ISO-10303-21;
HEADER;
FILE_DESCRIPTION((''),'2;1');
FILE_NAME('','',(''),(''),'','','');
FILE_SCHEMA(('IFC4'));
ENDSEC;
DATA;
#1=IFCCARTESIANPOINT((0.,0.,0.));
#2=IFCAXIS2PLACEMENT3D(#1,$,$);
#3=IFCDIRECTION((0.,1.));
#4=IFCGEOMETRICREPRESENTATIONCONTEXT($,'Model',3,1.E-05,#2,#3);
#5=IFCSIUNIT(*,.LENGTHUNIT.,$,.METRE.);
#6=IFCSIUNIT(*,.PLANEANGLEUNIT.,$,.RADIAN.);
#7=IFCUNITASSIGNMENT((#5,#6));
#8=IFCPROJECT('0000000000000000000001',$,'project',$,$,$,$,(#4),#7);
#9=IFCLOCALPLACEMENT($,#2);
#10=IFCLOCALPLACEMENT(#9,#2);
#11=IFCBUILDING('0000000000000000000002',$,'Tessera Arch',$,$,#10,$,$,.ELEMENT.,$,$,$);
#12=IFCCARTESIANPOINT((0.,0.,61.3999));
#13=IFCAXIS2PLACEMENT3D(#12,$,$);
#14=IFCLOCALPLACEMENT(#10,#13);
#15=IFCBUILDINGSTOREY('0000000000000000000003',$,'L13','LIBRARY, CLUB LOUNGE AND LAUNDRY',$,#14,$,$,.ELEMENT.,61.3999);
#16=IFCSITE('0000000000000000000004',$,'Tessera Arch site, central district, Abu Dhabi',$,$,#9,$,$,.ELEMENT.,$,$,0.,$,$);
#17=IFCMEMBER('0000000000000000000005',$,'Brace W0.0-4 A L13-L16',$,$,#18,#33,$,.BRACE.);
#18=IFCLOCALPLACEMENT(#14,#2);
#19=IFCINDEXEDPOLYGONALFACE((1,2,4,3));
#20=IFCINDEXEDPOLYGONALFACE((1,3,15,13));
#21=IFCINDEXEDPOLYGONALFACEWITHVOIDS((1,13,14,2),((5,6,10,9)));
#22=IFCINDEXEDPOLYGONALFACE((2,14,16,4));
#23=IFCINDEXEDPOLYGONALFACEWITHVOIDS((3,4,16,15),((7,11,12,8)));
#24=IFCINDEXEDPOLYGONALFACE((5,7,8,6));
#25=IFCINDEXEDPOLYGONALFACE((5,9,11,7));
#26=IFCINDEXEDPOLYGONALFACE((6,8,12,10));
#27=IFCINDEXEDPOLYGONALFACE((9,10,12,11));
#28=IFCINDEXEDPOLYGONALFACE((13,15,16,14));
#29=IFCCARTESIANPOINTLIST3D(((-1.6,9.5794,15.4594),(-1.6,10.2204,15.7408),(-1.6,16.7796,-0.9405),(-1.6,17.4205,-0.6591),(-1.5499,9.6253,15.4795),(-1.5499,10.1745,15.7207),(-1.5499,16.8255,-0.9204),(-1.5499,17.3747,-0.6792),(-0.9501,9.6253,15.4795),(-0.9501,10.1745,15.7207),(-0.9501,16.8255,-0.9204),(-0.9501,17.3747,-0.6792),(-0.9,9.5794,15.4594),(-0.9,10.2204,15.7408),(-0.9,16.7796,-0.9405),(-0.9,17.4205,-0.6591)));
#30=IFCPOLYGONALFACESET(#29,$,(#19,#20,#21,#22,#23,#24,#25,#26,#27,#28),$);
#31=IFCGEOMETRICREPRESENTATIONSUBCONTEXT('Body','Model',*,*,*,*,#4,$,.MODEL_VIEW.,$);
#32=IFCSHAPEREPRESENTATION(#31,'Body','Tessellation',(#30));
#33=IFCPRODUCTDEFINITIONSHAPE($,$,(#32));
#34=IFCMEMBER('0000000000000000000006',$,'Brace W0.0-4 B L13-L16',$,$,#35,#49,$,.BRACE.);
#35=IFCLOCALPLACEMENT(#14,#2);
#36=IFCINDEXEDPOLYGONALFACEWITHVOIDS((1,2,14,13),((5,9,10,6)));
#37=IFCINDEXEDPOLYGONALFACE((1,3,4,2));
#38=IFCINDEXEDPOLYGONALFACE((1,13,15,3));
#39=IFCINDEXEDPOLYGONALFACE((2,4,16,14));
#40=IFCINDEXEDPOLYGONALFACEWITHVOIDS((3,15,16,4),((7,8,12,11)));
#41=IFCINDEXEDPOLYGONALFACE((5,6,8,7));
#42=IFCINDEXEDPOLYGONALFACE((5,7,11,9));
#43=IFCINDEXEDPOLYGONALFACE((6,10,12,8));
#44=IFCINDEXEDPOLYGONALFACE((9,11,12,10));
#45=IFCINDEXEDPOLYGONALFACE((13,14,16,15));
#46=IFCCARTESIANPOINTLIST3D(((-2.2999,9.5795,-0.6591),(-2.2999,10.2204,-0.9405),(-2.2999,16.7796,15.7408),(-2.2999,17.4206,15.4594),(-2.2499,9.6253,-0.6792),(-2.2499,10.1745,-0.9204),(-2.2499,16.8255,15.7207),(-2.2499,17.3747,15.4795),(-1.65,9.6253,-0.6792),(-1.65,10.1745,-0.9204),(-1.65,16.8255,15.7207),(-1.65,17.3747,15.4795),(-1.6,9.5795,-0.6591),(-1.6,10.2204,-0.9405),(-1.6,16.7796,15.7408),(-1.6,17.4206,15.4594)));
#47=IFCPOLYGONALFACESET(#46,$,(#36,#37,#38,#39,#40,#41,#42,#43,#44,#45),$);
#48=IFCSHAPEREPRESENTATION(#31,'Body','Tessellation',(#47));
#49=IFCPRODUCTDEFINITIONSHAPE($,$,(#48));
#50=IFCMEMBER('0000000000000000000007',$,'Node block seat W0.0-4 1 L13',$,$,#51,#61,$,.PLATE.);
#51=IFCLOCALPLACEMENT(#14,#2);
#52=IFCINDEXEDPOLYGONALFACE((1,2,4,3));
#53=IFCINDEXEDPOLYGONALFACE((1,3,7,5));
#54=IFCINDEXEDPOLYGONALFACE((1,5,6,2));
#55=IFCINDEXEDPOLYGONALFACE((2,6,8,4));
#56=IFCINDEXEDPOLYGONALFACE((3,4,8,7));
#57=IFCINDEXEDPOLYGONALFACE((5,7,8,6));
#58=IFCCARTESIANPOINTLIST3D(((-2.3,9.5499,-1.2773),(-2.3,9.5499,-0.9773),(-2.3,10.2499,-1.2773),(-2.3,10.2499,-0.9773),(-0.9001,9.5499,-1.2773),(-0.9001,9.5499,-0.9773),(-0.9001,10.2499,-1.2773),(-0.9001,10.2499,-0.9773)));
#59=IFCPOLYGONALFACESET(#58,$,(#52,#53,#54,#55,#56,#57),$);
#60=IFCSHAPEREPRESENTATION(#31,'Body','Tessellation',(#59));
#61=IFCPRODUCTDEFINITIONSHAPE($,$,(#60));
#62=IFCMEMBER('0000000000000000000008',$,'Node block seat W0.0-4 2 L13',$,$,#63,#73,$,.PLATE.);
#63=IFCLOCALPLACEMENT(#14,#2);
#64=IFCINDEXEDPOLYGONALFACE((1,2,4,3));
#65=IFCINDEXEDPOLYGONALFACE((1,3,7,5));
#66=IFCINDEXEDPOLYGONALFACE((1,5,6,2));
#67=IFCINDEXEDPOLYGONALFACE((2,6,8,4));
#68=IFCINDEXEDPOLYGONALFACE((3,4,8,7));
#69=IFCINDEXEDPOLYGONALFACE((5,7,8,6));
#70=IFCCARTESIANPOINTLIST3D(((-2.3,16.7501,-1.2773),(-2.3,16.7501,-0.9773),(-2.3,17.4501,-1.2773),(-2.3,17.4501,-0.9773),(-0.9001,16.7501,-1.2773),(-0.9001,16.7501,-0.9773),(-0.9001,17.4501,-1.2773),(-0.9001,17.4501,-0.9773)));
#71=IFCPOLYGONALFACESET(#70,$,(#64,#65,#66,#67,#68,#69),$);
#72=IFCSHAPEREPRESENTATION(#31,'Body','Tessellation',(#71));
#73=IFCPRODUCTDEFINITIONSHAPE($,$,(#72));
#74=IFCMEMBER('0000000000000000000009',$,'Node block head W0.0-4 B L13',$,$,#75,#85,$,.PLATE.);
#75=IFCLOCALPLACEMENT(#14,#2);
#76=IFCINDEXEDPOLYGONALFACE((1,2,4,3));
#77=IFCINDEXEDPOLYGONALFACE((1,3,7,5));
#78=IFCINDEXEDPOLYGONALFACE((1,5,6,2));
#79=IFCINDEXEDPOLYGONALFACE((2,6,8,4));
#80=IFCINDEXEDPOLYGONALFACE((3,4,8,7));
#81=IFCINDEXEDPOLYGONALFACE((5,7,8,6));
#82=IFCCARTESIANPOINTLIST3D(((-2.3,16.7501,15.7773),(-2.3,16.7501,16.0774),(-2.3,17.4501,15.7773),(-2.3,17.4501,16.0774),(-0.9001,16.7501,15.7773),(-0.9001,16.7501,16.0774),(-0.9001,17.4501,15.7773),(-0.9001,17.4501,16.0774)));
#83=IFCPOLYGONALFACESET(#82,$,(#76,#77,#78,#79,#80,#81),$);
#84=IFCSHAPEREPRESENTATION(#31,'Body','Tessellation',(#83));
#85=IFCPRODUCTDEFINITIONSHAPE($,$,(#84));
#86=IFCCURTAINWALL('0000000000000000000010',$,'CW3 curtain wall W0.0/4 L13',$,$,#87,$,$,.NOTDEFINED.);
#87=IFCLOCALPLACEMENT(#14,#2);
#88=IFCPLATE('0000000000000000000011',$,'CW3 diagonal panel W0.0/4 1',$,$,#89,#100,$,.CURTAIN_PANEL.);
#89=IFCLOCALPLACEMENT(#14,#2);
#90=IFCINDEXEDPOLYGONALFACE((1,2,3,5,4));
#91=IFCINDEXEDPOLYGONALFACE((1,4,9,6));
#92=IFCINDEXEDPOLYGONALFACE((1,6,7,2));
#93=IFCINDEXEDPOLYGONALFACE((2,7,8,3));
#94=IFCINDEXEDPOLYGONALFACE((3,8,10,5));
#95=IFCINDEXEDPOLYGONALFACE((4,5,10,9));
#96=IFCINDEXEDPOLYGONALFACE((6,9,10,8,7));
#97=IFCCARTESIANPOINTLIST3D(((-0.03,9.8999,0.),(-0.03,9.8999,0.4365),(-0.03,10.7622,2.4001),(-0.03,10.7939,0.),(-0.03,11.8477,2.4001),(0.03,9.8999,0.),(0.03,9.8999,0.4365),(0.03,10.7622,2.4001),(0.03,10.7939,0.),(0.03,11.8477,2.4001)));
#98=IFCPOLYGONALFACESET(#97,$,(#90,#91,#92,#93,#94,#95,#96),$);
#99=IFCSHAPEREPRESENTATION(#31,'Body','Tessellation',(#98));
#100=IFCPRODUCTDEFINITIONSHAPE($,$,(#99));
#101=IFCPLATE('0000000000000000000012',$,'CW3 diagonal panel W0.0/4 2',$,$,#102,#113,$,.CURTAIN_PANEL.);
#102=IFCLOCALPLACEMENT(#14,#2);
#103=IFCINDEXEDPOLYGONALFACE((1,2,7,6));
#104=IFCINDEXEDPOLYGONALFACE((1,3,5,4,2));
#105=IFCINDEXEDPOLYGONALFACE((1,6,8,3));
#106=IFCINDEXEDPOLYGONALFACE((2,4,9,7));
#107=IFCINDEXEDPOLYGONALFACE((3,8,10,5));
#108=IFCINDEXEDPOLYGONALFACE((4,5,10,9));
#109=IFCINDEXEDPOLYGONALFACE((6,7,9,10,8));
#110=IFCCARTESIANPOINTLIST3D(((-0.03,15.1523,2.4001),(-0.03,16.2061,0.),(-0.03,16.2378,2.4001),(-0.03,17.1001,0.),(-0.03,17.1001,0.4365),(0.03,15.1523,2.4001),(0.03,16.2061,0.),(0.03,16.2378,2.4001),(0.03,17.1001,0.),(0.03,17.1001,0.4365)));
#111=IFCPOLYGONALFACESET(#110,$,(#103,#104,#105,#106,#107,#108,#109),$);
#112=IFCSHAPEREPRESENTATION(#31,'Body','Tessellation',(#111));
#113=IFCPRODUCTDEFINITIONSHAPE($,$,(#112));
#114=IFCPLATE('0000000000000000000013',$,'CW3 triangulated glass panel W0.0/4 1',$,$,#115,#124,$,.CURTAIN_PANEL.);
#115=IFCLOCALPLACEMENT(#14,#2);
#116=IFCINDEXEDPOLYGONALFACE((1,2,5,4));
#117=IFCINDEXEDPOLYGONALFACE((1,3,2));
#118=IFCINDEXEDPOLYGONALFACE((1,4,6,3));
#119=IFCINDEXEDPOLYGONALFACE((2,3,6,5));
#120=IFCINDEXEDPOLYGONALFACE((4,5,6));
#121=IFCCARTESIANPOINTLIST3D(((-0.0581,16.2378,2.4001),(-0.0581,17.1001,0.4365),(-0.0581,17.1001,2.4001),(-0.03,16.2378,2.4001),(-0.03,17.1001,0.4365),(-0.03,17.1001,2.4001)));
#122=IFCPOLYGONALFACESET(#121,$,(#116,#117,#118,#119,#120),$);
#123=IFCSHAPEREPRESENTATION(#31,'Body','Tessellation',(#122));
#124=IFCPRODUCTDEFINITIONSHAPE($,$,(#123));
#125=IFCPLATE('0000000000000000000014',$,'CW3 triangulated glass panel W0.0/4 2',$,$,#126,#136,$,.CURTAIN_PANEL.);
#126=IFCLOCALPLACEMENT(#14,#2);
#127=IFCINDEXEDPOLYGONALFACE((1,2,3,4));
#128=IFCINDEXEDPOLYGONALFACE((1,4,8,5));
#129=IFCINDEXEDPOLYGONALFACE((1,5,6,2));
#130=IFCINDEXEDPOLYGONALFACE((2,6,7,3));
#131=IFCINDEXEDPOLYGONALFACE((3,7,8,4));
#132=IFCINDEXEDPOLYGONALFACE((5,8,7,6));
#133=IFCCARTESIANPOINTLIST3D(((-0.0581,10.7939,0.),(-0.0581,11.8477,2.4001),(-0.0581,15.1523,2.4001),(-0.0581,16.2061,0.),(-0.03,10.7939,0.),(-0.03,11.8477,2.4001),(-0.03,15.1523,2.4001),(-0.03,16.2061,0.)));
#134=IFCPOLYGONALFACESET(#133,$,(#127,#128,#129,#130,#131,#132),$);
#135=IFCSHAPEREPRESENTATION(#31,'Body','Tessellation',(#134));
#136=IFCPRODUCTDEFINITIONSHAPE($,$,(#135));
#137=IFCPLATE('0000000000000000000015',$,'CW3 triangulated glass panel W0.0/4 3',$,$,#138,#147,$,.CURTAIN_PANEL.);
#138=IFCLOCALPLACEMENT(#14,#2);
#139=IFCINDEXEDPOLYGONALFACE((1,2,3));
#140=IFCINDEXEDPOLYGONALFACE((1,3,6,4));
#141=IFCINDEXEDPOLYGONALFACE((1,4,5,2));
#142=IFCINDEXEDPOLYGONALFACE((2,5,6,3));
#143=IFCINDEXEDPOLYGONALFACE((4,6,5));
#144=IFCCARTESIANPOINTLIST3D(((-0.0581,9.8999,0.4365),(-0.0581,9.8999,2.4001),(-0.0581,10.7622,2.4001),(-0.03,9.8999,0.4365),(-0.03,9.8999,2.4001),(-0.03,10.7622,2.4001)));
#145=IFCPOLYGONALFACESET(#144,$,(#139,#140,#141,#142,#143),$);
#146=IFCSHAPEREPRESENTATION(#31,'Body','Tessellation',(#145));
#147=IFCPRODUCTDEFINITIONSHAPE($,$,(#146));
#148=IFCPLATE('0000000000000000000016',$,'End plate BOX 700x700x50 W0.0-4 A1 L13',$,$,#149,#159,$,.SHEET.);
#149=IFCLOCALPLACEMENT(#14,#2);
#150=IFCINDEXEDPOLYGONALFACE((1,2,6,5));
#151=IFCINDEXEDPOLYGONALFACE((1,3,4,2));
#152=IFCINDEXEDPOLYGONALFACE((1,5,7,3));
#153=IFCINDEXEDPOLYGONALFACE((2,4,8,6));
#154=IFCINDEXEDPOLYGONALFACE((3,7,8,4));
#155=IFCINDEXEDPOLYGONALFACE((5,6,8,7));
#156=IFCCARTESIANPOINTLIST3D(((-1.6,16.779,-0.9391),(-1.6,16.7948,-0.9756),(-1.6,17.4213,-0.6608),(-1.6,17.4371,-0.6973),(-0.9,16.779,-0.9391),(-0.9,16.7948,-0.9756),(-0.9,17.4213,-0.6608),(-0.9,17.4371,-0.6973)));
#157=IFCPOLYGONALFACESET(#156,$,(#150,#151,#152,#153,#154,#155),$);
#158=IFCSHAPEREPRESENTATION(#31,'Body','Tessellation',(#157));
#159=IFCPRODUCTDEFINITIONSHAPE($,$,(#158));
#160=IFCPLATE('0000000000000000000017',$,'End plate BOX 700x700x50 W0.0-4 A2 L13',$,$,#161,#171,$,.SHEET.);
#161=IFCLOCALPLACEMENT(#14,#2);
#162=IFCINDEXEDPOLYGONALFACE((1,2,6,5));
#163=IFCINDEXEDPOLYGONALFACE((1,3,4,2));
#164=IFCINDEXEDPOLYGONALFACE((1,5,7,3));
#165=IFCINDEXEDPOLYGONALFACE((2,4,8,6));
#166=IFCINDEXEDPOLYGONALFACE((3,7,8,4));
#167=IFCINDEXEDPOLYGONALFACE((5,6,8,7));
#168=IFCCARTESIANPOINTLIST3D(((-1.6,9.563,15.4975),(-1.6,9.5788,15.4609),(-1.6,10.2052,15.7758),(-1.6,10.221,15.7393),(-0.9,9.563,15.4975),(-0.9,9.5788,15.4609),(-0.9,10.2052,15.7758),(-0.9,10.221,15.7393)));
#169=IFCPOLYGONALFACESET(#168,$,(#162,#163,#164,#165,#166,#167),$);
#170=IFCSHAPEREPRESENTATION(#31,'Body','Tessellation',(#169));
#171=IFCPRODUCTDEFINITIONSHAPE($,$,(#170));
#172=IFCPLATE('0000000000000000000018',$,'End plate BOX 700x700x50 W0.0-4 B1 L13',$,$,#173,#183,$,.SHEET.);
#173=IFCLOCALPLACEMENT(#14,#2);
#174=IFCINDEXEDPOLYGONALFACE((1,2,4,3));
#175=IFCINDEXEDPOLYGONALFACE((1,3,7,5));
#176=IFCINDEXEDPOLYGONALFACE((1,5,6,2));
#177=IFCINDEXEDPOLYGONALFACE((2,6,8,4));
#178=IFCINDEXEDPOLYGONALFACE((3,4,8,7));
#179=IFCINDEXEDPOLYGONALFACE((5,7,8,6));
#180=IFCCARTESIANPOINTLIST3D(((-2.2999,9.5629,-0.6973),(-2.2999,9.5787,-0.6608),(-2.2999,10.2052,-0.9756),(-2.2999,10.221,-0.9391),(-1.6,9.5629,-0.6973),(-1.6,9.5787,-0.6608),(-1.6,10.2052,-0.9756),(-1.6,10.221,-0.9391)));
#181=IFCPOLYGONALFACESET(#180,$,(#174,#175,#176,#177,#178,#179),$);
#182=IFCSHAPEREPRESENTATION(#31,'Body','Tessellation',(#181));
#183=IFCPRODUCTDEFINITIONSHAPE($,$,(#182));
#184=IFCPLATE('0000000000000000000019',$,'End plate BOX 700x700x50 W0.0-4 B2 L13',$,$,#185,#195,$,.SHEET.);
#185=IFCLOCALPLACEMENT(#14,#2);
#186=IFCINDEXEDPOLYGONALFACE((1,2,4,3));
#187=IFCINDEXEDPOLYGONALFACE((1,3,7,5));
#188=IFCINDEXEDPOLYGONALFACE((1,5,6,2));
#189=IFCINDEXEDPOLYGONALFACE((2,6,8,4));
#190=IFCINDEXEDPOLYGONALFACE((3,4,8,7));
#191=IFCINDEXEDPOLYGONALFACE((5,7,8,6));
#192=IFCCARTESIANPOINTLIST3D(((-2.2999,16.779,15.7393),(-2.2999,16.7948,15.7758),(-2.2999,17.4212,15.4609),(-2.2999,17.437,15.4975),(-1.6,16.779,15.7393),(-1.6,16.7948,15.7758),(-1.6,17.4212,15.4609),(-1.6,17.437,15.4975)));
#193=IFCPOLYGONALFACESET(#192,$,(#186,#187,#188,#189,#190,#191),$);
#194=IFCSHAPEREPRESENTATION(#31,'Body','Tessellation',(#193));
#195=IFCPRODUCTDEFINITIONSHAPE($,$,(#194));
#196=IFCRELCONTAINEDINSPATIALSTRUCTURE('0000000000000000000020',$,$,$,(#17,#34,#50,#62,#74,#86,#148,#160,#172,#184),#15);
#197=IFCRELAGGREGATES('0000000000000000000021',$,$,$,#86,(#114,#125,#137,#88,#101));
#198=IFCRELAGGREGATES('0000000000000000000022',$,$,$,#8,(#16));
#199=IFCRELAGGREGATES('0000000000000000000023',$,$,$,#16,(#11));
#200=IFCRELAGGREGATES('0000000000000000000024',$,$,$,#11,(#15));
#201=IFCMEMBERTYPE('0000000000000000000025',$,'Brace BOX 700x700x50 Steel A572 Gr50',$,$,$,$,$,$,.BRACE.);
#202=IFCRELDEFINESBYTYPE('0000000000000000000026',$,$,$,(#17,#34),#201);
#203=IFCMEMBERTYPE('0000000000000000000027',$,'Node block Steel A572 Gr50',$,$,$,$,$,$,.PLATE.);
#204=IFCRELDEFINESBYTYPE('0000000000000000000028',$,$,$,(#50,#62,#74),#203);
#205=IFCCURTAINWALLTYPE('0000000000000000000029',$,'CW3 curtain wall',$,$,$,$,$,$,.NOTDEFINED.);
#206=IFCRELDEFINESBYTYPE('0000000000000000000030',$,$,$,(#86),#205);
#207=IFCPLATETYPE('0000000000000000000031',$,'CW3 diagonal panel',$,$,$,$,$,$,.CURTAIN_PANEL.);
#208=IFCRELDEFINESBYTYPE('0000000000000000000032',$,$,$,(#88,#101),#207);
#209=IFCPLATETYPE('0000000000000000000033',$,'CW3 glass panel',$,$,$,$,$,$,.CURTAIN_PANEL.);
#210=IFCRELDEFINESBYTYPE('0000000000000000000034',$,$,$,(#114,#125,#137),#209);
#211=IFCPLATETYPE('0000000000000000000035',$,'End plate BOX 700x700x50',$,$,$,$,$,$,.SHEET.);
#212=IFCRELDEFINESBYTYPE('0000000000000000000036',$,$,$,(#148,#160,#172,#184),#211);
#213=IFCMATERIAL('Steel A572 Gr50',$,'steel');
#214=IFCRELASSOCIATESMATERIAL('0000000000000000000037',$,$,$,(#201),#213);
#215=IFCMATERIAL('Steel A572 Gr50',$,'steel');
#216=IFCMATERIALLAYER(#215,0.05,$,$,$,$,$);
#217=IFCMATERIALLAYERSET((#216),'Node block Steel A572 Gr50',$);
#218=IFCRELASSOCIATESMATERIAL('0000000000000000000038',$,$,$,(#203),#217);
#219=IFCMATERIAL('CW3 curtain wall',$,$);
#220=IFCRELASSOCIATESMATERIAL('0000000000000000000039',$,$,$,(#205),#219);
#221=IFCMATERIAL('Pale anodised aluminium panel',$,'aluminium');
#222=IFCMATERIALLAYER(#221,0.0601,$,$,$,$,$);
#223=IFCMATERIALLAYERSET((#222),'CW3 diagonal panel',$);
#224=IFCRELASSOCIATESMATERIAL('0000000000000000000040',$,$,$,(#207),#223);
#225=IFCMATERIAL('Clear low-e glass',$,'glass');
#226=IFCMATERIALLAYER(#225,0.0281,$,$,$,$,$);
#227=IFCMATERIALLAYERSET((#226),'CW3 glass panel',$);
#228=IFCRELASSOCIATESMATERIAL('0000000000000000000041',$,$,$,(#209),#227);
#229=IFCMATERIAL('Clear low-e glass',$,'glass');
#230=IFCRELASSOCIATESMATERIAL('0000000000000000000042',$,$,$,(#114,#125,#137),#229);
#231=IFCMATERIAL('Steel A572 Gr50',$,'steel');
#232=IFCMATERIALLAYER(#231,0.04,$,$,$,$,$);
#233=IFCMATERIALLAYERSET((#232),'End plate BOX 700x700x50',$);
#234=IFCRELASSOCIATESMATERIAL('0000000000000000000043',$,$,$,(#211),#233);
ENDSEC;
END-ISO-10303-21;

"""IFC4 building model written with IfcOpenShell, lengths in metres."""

from ifc_helpers import new_model, si_unit, direction, frame, origin, origin_2d, place, context, subcontext, project, spatial, polyline, rectangle, hollow_rectangle, outline, extrude, material, layer, layer_set, material_profile, profile_set, type_object, element, aggregate, save


model = new_model("IFC4")

# Units and contexts
model_context = context("Model", 3, precision=1e-05, world=origin(), true_north=direction((0.0, 1.0)))
body_context = subcontext(model_context, "Body", "Model", "MODEL_VIEW")
ifc_project = project(units=[si_unit("LENGTHUNIT", "METRE"), si_unit("PLANEANGLEUNIT", "RADIAN")], contexts=[model_context])

# Site, building, storey
site_placement = place(None, origin())
site = spatial("IfcSite", under=ifc_project, at=site_placement, Name="Tessera Arch site, central district, Abu Dhabi", CompositionType="ELEMENT", RefElevation=0.0)
building_placement = place(site_placement, origin())
building = spatial("IfcBuilding", under=site, at=building_placement, Name="Tessera Arch", CompositionType="ELEMENT")
storey_placement = place(building_placement, frame((0.0, 0.0, 61.3999)))
storey = spatial("IfcBuildingStorey", under=building, at=storey_placement, Name="L13", Description="LIBRARY, CLUB LOUNGE AND LAUNDRY", CompositionType="ELEMENT", Elevation=61.3999)

# Members
ifc_material_1 = material(Name="Steel A572 Gr50", Category="steel")
ifc_material_profile = material_profile(ifc_material_1, hollow_rectangle(XDim=0.7, YDim=0.7, WallThickness=0.05, at=origin_2d()), Name="BOX 700x700x50")
ifc_profile_set = profile_set([ifc_material_profile], Name="Steel A572 Gr50")
member_type_1 = type_object("IfcMemberType", Name="Brace BOX 700x700x50 Steel A572 Gr50", PredefinedType="BRACE", material=ifc_profile_set)
for number, where, z_axis, x_axis, name in (
    (1, (-1.25, 17.1001, -0.7998), (0.0, -0.402001, 0.915639), (1.0, 0.0, 0.0), "Brace W0.0-4 A L13-L16"),
    (2, (-1.95, 9.8999, -0.7998), (0.0, 0.402001, 0.915639), (-1.0, 0.0, 0.0), "Brace W0.0-4 B L13-L16"),
):
    element("IfcMember", number, at=place(storey_placement, frame(where, z_axis=z_axis, x_axis=x_axis)), inside=storey, type_object=member_type_1, Name=name, PredefinedType="BRACE", context=body_context, shape_type="SweptSolid", body=[
        extrude(hollow_rectangle(XDim=0.7, YDim=0.7, WallThickness=0.05, at=origin_2d()), origin(), (0.0, 0.0, 1.0), 17.9109),
    ])
ifc_material_2 = material(Name="Steel A572 Gr50", Category="steel")
ifc_layer_1 = layer(ifc_material_2, 0.05)
ifc_layer_set_1 = layer_set([ifc_layer_1], Name="Node block Steel A572 Gr50")
member_type_2 = type_object("IfcMemberType", Name="Node block Steel A572 Gr50", PredefinedType="PLATE", material=ifc_layer_set_1)
for number, where, z_axis, x_axis, name in (
    (3, (-1.6001, 9.8999, -1.2773), (0.0, 0.0, 1.0), (0.0, -1.0, 0.0), "Node block seat W0.0-4 1 L13"),
    (4, (-1.6001, 17.1001, -1.2773), (0.0, 0.0, 1.0), (0.0, -1.0, 0.0), "Node block seat W0.0-4 2 L13"),
    (5, (-1.6001, 17.1001, 15.7773), (0.0, 0.0, 1.0), (0.0, -1.0, 0.0), "Node block head W0.0-4 B L13"),
):
    element("IfcMember", number, at=place(storey_placement, frame(where, z_axis=z_axis, x_axis=x_axis)), inside=storey, type_object=member_type_2, Name=name, PredefinedType="PLATE", context=body_context, shape_type="SweptSolid", body=[
        extrude(rectangle(XDim=0.7, YDim=1.3999, at=origin_2d()), origin(), (0.0, 0.0, 1.0), 0.3),
    ])

# Curtain wall, plates
ifc_material_3 = material(Name="CW3 curtain wall")
curtain_wall_type = type_object("IfcCurtainWallType", Name="CW3 curtain wall", PredefinedType="NOTDEFINED", material=ifc_material_3)
curtain_wall_placement = place(storey_placement, origin())
curtain_wall = element("IfcCurtainWall", 6, at=curtain_wall_placement, inside=storey, type_object=curtain_wall_type, Name="CW3 curtain wall W0.0/4 L13", PredefinedType="NOTDEFINED")
ifc_material_4 = material(Name="Pale anodised aluminium panel", Category="aluminium")
ifc_layer_2 = layer(ifc_material_4, 0.0601)
ifc_layer_set_2 = layer_set([ifc_layer_2], Name="CW3 diagonal panel")
plate_type_1 = type_object("IfcPlateType", Name="CW3 diagonal panel", PredefinedType="CURTAIN_PANEL", material=ifc_layer_set_2)
plate_1_placement = place(storey_placement, frame((-0.03, 9.8999, 0.0), z_axis=(-1.0, 0.0, 0.0), x_axis=(0.0, 0.0, 1.0)))
plate_1 = element("IfcPlate", 7, at=plate_1_placement, type_object=plate_type_1, Name="CW3 diagonal panel W0.0/4 1", PredefinedType="CURTAIN_PANEL", context=body_context, shape_type="SweptSolid", body=[
    extrude(outline(polyline([(0.0, 0.0), (0.4365, 0.0), (2.4001, 0.8623), (2.4001, 1.9478), (0.0, 0.894), (0.0, 0.0)])), origin(), (0.0, 0.0, -1.0), 0.0601),
])
plate_2_placement = place(storey_placement, frame((-0.03, 15.1523, 2.4001), z_axis=(-1.0, 0.0, 0.0), x_axis=(0.0, 1.0, 0.0)))
plate_2 = element("IfcPlate", 8, at=plate_2_placement, type_object=plate_type_1, Name="CW3 diagonal panel W0.0/4 2", PredefinedType="CURTAIN_PANEL", context=body_context, shape_type="SweptSolid", body=[
    extrude(outline(polyline([(0.0, 0.0), (1.0854, 0.0), (1.9478, 1.9636), (1.9478, 2.4001), (1.0537, 2.4001), (0.0, 0.0)])), origin(), (0.0, 0.0, -1.0), 0.0601),
])
ifc_material_5 = material(Name="Clear low-e glass", Category="glass")
ifc_material_6 = material(Name="Clear low-e glass", Category="glass")
ifc_layer_3 = layer(ifc_material_6, 0.0281)
ifc_layer_set_3 = layer_set([ifc_layer_3], Name="CW3 glass panel")
plate_type_2 = type_object("IfcPlateType", Name="CW3 glass panel", PredefinedType="CURTAIN_PANEL", material=ifc_layer_set_3)
plate_3_placement = place(storey_placement, frame((-0.0581, 17.1001, 2.4001), z_axis=(-1.0, 0.0, 0.0), x_axis=(0.0, 0.0, -1.0)))
plate_3 = element("IfcPlate", 9, at=plate_3_placement, type_object=plate_type_2, material=ifc_material_5, Name="CW3 triangulated glass panel W0.0/4 1", PredefinedType="CURTAIN_PANEL", context=body_context, shape_type="SweptSolid", body=[
    extrude(outline(polyline([(0.0, 0.0), (1.9636, 0.0), (0.0, 0.8623), (0.0, 0.0)])), origin(), (0.0, 0.0, -1.0), 0.0281),
])
plate_4_placement = place(storey_placement, frame((-0.0581, 11.8477, 2.4001), z_axis=(-1.0, 0.0, 0.0), x_axis=(0.0, 1.0, 0.0)))
plate_4 = element("IfcPlate", 10, at=plate_4_placement, type_object=plate_type_2, material=ifc_material_5, Name="CW3 triangulated glass panel W0.0/4 2", PredefinedType="CURTAIN_PANEL", context=body_context, shape_type="SweptSolid", body=[
    extrude(outline(polyline([(0.0, 0.0), (3.3047, 0.0), (4.3584, 2.4001), (-1.0537, 2.4001), (0.0, 0.0)])), origin(), (0.0, 0.0, -1.0), 0.0281),
])
plate_5_placement = place(storey_placement, frame((-0.0581, 9.8999, 2.4001), z_axis=(-1.0, 0.0, 0.0), x_axis=(0.0, 1.0, 0.0)))
plate_5 = element("IfcPlate", 11, at=plate_5_placement, type_object=plate_type_2, material=ifc_material_5, Name="CW3 triangulated glass panel W0.0/4 3", PredefinedType="CURTAIN_PANEL", context=body_context, shape_type="SweptSolid", body=[
    extrude(outline(polyline([(0.0, 0.0), (0.8623, 0.0), (0.0, 1.9636), (0.0, 0.0)])), origin(), (0.0, 0.0, -1.0), 0.0281),
])
aggregate(curtain_wall, [plate_3, plate_4, plate_5, plate_1, plate_2])

# Plates
ifc_material_7 = material(Name="Steel A572 Gr50", Category="steel")
ifc_layer_4 = layer(ifc_material_7, 0.04)
ifc_layer_set_4 = layer_set([ifc_layer_4], Name="End plate BOX 700x700x50")
plate_type_3 = type_object("IfcPlateType", Name="End plate BOX 700x700x50", PredefinedType="SHEET", material=ifc_layer_set_4)
for number, where, z_axis, x_axis, name in (
    (12, (-1.25, 17.116, -0.8364), (0.0, -0.397607, 0.917556), (1.0, 0.0, 0.0), "End plate BOX 700x700x50 W0.0-4 A1 L13"),
    (13, (-1.25, 9.8999, 15.6001), (0.0, -0.397607, 0.917556), (1.0, 0.0, 0.0), "End plate BOX 700x700x50 W0.0-4 A2 L13"),
    (14, (-1.95, 9.884, -0.8364), (0.0, 0.397607, 0.917556), (-1.0, 0.0, 0.0), "End plate BOX 700x700x50 W0.0-4 B1 L13"),
    (15, (-1.95, 17.1001, 15.6001), (0.0, 0.397607, 0.917556), (-1.0, 0.0, 0.0), "End plate BOX 700x700x50 W0.0-4 B2 L13"),
):
    element("IfcPlate", number, at=place(storey_placement, frame(where, z_axis=z_axis, x_axis=x_axis)), inside=storey, type_object=plate_type_3, Name=name, PredefinedType="SHEET", context=body_context, shape_type="SweptSolid", body=[
        extrude(rectangle(XDim=0.7, YDim=0.7, at=origin_2d()), origin(), (0.0, 0.0, 1.0), 0.0398),
    ])

save(model, "model.ifc")
